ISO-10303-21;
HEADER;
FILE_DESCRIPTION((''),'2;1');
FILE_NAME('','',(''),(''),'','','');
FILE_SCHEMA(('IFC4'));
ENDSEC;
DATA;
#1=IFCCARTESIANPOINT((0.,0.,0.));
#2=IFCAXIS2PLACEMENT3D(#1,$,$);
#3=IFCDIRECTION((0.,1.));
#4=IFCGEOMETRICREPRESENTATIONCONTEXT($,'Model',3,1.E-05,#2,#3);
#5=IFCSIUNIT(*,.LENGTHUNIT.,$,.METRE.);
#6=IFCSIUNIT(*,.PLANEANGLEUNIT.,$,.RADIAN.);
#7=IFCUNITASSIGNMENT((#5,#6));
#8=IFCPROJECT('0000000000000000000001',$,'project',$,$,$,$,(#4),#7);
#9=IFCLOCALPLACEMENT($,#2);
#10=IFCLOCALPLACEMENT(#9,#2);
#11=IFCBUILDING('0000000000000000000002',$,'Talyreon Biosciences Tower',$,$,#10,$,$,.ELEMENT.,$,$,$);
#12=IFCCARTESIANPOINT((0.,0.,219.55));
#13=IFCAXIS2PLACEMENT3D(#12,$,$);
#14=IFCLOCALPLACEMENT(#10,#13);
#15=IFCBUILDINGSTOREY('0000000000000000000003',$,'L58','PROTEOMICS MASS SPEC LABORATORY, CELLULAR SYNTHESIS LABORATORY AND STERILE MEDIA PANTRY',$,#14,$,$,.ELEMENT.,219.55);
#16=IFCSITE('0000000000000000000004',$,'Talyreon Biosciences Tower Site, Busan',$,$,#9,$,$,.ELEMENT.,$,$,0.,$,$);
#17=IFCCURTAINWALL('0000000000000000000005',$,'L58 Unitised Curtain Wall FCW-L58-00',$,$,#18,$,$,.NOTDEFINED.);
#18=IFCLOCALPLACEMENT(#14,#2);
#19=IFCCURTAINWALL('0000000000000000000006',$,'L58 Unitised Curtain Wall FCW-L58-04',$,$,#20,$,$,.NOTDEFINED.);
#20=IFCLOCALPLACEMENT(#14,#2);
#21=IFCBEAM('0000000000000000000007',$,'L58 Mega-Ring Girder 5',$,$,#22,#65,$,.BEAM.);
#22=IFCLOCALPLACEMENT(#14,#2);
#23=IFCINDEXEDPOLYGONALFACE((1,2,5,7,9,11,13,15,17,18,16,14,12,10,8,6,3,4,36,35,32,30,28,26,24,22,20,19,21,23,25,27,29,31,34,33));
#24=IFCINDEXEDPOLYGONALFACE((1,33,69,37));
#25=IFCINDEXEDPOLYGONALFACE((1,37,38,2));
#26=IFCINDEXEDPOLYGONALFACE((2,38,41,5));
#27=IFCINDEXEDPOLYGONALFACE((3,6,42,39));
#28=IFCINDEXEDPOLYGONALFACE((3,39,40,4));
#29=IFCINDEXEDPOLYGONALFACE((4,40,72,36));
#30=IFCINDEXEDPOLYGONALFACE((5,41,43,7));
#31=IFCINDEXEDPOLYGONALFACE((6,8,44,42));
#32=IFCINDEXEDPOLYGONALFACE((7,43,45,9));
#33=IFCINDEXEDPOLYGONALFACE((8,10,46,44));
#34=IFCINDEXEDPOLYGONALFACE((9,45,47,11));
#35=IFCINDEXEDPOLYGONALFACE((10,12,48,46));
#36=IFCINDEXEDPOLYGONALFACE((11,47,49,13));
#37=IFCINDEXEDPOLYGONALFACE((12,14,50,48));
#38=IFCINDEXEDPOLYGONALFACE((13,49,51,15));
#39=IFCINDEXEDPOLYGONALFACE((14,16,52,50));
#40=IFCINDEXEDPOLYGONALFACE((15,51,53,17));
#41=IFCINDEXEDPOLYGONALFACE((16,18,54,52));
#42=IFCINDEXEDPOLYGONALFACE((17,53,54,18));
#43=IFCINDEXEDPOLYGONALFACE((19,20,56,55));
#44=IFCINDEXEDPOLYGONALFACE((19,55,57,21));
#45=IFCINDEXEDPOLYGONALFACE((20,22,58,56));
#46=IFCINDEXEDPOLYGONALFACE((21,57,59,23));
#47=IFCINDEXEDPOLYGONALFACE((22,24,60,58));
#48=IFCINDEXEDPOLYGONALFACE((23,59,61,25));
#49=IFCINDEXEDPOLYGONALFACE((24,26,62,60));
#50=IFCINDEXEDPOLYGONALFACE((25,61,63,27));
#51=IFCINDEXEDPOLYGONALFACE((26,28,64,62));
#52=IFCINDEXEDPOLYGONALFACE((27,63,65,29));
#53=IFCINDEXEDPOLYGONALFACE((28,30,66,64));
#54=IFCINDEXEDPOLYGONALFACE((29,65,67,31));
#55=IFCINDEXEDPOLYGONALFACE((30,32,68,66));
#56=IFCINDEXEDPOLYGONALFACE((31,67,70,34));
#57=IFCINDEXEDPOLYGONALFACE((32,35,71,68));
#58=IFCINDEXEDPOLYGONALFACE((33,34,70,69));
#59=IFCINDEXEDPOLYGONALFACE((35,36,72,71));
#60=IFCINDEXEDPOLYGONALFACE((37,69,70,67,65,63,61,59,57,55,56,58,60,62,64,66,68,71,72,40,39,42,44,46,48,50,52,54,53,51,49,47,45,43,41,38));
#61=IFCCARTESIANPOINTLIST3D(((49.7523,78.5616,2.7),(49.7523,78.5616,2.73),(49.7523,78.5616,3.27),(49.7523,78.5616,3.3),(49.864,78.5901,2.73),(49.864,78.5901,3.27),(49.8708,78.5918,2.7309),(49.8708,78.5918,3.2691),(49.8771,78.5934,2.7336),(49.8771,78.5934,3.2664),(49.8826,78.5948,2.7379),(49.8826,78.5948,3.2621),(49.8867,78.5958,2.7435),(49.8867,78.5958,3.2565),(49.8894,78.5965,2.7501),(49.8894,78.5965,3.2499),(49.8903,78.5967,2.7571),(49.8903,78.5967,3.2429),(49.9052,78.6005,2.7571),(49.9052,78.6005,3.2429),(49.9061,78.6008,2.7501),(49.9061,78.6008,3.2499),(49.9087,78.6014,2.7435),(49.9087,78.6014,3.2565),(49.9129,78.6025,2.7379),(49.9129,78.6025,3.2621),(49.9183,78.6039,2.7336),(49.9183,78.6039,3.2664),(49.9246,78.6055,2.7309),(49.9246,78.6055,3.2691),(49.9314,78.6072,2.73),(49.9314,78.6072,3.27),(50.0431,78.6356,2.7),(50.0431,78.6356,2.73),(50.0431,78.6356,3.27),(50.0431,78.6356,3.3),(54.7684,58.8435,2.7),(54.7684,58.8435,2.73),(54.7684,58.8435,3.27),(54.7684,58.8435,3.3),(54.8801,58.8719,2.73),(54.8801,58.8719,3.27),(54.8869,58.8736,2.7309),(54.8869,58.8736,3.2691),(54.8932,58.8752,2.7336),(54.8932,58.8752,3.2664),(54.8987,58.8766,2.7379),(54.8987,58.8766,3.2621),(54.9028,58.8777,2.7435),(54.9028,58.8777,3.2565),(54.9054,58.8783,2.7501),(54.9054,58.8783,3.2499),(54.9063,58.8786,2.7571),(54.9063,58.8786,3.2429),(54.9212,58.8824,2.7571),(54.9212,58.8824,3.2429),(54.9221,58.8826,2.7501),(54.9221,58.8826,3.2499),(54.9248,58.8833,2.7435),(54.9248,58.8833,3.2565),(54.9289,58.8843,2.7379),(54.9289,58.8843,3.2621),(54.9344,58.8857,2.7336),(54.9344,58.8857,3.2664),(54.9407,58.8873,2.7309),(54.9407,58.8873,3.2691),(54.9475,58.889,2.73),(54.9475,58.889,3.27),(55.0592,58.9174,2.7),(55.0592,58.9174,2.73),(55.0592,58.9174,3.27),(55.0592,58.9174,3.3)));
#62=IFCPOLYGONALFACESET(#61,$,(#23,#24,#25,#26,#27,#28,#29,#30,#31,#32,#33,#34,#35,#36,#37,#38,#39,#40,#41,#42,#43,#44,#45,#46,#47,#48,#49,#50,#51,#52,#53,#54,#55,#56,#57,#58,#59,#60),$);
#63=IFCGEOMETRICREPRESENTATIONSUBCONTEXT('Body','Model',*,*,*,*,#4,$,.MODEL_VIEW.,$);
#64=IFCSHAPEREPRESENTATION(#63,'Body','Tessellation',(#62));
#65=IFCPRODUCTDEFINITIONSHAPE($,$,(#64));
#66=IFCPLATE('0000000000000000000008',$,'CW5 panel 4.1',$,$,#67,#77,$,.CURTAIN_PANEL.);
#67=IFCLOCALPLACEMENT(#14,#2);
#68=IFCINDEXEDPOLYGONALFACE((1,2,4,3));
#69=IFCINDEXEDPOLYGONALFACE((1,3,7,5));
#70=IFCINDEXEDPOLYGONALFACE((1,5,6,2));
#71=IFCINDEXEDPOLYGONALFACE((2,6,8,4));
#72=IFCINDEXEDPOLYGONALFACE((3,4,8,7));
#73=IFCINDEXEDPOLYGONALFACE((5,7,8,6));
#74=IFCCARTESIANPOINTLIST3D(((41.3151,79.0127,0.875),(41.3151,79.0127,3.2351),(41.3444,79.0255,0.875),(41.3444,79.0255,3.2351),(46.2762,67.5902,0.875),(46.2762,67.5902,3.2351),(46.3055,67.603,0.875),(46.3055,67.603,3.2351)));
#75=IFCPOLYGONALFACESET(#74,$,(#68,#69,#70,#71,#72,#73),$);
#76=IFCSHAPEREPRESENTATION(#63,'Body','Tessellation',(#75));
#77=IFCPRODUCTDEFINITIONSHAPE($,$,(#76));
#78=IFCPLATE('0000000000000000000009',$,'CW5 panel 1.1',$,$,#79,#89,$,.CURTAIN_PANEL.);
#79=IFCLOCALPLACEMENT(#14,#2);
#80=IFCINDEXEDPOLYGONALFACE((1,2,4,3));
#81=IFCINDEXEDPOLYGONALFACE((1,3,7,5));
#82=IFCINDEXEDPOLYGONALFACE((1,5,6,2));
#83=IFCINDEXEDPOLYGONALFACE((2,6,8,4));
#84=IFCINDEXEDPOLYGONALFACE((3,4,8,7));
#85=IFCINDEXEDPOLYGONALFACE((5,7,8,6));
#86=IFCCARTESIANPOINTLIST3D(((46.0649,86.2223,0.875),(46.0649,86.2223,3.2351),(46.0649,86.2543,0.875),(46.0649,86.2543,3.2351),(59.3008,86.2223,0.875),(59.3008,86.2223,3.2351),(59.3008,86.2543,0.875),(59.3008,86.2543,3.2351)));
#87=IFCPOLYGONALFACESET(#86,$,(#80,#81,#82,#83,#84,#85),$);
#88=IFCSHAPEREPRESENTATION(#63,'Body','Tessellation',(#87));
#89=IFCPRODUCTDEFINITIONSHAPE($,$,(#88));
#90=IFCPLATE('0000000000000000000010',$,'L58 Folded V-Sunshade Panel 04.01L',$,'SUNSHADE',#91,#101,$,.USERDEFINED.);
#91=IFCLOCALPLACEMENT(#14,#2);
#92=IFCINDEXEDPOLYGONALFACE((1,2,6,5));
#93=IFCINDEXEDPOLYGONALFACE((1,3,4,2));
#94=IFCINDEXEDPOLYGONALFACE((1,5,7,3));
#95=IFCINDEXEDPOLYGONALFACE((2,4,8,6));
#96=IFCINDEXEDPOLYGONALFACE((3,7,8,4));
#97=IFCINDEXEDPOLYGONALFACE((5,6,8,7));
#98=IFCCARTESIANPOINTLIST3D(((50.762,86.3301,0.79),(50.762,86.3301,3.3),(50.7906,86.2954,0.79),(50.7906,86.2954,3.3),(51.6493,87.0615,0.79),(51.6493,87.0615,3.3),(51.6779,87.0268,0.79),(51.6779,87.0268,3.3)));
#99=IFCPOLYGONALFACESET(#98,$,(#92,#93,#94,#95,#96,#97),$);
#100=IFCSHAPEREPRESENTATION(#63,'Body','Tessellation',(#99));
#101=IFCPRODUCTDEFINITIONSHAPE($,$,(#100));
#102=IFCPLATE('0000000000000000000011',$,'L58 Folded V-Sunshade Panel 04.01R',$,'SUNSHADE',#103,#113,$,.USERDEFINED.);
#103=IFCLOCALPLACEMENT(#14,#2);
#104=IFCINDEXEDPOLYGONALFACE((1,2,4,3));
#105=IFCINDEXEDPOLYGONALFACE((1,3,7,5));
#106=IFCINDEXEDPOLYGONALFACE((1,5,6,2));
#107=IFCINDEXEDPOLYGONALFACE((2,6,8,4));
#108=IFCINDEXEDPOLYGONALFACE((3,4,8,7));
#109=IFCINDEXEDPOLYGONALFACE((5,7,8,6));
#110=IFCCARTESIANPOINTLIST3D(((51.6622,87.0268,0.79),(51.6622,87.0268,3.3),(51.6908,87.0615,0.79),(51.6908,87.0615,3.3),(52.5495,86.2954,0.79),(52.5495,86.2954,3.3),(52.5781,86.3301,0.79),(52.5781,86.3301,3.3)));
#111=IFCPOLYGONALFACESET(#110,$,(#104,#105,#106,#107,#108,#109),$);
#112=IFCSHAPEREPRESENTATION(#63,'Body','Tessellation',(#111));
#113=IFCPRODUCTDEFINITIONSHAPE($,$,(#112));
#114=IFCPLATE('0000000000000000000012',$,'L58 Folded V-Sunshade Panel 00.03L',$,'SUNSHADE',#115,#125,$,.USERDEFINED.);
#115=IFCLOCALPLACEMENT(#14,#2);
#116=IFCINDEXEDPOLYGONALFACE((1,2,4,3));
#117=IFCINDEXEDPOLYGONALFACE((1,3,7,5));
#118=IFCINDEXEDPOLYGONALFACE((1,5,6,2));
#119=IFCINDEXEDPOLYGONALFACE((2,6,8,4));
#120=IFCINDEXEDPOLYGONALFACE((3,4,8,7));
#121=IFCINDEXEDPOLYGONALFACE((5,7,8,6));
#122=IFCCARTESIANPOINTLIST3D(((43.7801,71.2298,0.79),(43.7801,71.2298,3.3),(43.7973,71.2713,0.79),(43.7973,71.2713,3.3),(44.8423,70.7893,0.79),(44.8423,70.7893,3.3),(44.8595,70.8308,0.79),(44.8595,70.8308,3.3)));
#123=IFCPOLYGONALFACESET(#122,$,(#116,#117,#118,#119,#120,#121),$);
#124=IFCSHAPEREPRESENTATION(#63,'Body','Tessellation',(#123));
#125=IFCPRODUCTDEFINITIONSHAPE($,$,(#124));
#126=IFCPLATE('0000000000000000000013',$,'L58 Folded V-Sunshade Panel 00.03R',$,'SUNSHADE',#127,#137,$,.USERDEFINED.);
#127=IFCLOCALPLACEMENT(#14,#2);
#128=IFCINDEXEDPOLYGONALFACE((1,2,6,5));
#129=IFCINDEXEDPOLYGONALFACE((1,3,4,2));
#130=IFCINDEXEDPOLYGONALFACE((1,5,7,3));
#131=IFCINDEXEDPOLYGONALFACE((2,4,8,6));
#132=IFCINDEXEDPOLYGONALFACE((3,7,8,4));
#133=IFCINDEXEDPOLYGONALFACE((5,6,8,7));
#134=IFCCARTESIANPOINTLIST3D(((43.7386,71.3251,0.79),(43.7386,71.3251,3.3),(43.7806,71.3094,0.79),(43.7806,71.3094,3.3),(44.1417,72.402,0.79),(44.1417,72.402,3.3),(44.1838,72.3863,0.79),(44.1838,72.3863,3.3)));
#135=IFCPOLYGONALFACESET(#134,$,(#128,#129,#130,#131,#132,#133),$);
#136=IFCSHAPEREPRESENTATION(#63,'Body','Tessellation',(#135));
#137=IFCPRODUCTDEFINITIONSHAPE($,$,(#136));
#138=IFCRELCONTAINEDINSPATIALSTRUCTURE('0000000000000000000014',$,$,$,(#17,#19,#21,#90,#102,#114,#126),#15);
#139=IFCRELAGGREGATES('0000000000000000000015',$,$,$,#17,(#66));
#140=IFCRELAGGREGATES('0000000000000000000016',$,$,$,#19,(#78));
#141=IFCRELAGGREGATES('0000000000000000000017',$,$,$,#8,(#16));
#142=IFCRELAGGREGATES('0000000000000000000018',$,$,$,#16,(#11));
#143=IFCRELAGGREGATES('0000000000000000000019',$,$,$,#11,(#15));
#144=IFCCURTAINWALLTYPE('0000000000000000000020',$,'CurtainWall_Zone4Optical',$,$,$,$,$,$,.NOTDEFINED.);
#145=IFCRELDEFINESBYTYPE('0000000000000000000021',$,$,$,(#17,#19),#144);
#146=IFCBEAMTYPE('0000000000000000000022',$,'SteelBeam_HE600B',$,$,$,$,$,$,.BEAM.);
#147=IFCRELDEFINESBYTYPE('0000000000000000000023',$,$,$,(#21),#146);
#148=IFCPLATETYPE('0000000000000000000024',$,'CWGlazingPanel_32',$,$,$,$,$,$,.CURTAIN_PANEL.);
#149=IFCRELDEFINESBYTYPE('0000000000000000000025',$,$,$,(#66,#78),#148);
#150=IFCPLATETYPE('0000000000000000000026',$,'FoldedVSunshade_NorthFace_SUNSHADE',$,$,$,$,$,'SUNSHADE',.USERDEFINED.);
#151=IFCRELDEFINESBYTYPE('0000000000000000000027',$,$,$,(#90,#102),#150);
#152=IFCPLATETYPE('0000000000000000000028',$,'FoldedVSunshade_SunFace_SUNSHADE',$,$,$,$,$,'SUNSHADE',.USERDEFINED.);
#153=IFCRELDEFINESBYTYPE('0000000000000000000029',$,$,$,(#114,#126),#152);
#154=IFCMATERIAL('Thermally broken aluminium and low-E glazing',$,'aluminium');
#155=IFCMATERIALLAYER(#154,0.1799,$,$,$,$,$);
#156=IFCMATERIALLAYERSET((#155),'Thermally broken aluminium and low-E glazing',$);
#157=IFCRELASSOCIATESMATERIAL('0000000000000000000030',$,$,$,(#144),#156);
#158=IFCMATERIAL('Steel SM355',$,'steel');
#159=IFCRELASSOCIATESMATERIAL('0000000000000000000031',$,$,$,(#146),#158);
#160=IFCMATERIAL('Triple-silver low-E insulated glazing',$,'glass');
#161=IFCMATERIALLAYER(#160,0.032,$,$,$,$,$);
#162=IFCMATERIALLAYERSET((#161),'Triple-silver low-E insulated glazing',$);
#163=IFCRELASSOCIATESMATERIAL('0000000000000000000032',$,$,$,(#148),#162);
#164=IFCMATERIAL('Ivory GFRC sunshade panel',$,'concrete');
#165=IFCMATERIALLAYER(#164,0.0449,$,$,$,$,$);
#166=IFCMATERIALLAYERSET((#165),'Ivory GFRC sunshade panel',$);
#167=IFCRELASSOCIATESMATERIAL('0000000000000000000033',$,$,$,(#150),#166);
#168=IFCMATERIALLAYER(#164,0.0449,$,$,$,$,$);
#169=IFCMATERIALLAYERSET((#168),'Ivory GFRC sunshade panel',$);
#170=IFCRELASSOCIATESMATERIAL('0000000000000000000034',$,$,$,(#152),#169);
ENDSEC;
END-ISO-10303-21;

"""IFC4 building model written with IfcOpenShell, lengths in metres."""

from ifc_helpers import new_model, si_unit, direction, frame, origin, origin_2d, place, context, subcontext, project, spatial, rectangle, i_section, extrude, material, layer, layer_set, material_profile, profile_set, type_object, element, aggregate, save


model = new_model("IFC4")

# Units and contexts
model_context = context("Model", 3, precision=1e-05, world=origin(), true_north=direction((0.0, 1.0)))
body_context = subcontext(model_context, "Body", "Model", "MODEL_VIEW")
ifc_project = project(units=[si_unit("LENGTHUNIT", "METRE"), si_unit("PLANEANGLEUNIT", "RADIAN")], contexts=[model_context])

# Site, building, storey
site_placement = place(None, origin())
site = spatial("IfcSite", under=ifc_project, at=site_placement, Name="Talyreon Biosciences Tower Site, Busan", CompositionType="ELEMENT", RefElevation=0.0)
building_placement = place(site_placement, origin())
building = spatial("IfcBuilding", under=site, at=building_placement, Name="Talyreon Biosciences Tower", CompositionType="ELEMENT")
storey_placement = place(building_placement, frame((0.0, 0.0, 219.55)))
storey = spatial("IfcBuildingStorey", under=building, at=storey_placement, Name="L58", Description="PROTEOMICS MASS SPEC LABORATORY, CELLULAR SYNTHESIS LABORATORY AND STERILE MEDIA PANTRY", CompositionType="ELEMENT", Elevation=219.55)

# Curtain wall
ifc_material_1 = material(Name="Thermally broken aluminium and low-E glazing", Category="aluminium")
ifc_layer_1 = layer(ifc_material_1, 0.1799)
ifc_layer_set_1 = layer_set([ifc_layer_1], Name="Thermally broken aluminium and low-E glazing")
curtain_wall_type = type_object("IfcCurtainWallType", Name="CurtainWall_Zone4Optical", PredefinedType="NOTDEFINED", material=ifc_layer_set_1)
curtain_wall_1_placement = place(storey_placement, origin())
curtain_wall_1 = element("IfcCurtainWall", 1, at=curtain_wall_1_placement, inside=storey, type_object=curtain_wall_type, Name="L58 Unitised Curtain Wall FCW-L58-00", PredefinedType="NOTDEFINED")

# Curtain wall
curtain_wall_2_placement = place(storey_placement, origin())
curtain_wall_2 = element("IfcCurtainWall", 2, at=curtain_wall_2_placement, inside=storey, type_object=curtain_wall_type, Name="L58 Unitised Curtain Wall FCW-L58-04", PredefinedType="NOTDEFINED")

# Beam
ifc_material_2 = material(Name="Steel SM355", Category="steel")
ifc_material_profile_1 = material_profile(ifc_material_2, i_section(OverallWidth=0.3, OverallDepth=0.6001, WebThickness=0.0154, FlangeThickness=0.03, FilletRadius=0.0271, at=origin_2d()), Name="HE600B")
ifc_profile_set_1 = profile_set([ifc_material_profile_1], Name="Steel SM355")
beam_type_1 = type_object("IfcBeamType", Name="SteelBeam_HE600B", PredefinedType="BEAM", material=ifc_profile_set_1)
beam_1_placement = place(storey_placement, frame((49.8977, 78.5986, 3.0), z_axis=(0.246537, -0.969133, 0.0), x_axis=(0.969133, 0.246537, 0.0)))
element("IfcBeam", 3, at=beam_1_placement, inside=storey, type_object=beam_type_1, Name="L58 Mega-Ring Girder 5", PredefinedType="BEAM", context=body_context, shape_type="SweptSolid", body=[
    extrude(i_section(OverallWidth=0.3, OverallDepth=0.6001, WebThickness=0.0154, FlangeThickness=0.03, FilletRadius=0.0271, at=origin_2d()), origin(), (0.0, 0.0, 1.0), 20.3462),
])

# Plates
ifc_material_3 = material(Name="Triple-silver low-E insulated glazing", Category="glass")
ifc_layer_2 = layer(ifc_material_3, 0.032)
ifc_layer_set_2 = layer_set([ifc_layer_2], Name="Triple-silver low-E insulated glazing")
plate_type_1 = type_object("IfcPlateType", Name="CWGlazingPanel_32", PredefinedType="CURTAIN_PANEL", material=ifc_layer_set_2)
plate_1_placement = place(storey_placement, frame((43.8103, 73.3079, 0.875), z_axis=(0.0, 0.0, 1.0), x_axis=(-0.398376, 0.917222, 0.0)))
plate_1 = element("IfcPlate", 4, at=plate_1_placement, type_object=plate_type_1, Name="CW5 panel 4.1", PredefinedType="CURTAIN_PANEL", context=body_context, shape_type="SweptSolid", body=[
    extrude(rectangle(XDim=12.4534, YDim=0.032, at=origin_2d()), origin(), (0.0, 0.0, 1.0), 2.3601),
])
aggregate(curtain_wall_1, [plate_1])
plate_2_placement = place(storey_placement, frame((52.6829, 86.2383, 0.875), z_axis=(0.0, 0.0, 1.0), x_axis=(1.0, 0.0, 0.0)))
plate_2 = element("IfcPlate", 5, at=plate_2_placement, type_object=plate_type_1, Name="CW5 panel 1.1", PredefinedType="CURTAIN_PANEL", context=body_context, shape_type="SweptSolid", body=[
    extrude(rectangle(XDim=13.2358, YDim=0.032, at=origin_2d()), origin(), (0.0, 0.0, 1.0), 2.3601),
])
aggregate(curtain_wall_2, [plate_2])

# Plates
ifc_material_4 = material(Name="Ivory GFRC sunshade panel", Category="concrete")
ifc_layer_3 = layer(ifc_material_4, 0.0449)
ifc_layer_set_3 = layer_set([ifc_layer_3], Name="Ivory GFRC sunshade panel")
plate_type_2 = type_object("IfcPlateType", Name="FoldedVSunshade_NorthFace_SUNSHADE", ElementType="SUNSHADE", PredefinedType="USERDEFINED", material=ifc_layer_set_3)
for number, where, z_axis, x_axis, name in (
    (6, (51.22, 86.6785, 0.79), (0.0, 0.0, 1.0), (0.771625, 0.636078, 0.0), "L58 Folded V-Sunshade Panel 04.01L"),
    (7, (52.1201, 86.6785, 0.79), (0.0, 0.0, 1.0), (0.771625, -0.636078, 0.0), "L58 Folded V-Sunshade Panel 04.01R"),
):
    element("IfcPlate", number, at=place(storey_placement, frame(where, z_axis=z_axis, x_axis=x_axis)), inside=storey, type_object=plate_type_2, Name=name, ObjectType="SUNSHADE", PredefinedType="USERDEFINED", context=body_context, shape_type="SweptSolid", body=[
        extrude(rectangle(XDim=1.1499, YDim=0.0449, at=origin_2d()), origin(), (0.0, 0.0, 1.0), 2.51),
    ])
ifc_layer_4 = layer(ifc_material_4, 0.0449)
ifc_layer_set_4 = layer_set([ifc_layer_4], Name="Ivory GFRC sunshade panel")
plate_type_3 = type_object("IfcPlateType", Name="FoldedVSunshade_SunFace_SUNSHADE", ElementType="SUNSHADE", PredefinedType="USERDEFINED", material=ifc_layer_set_4)
for number, where, z_axis, x_axis, name in (
    (8, (44.3198, 71.0303, 0.79), (0.0, 0.0, 1.0), (-0.923726, 0.383054, 0.0), "L58 Folded V-Sunshade Panel 00.03L"),
    (9, (43.9612, 71.8557, 0.79), (0.0, 0.0, 1.0), (0.350583, 0.936532, 0.0), "L58 Folded V-Sunshade Panel 00.03R"),
):
    element("IfcPlate", number, at=place(storey_placement, frame(where, z_axis=z_axis, x_axis=x_axis)), inside=storey, type_object=plate_type_3, Name=name, ObjectType="SUNSHADE", PredefinedType="USERDEFINED", context=body_context, shape_type="SweptSolid", body=[
        extrude(rectangle(XDim=1.1499, YDim=0.0449, at=origin_2d()), origin(), (0.0, 0.0, 1.0), 2.51),
    ])

save(model, "model.ifc")
